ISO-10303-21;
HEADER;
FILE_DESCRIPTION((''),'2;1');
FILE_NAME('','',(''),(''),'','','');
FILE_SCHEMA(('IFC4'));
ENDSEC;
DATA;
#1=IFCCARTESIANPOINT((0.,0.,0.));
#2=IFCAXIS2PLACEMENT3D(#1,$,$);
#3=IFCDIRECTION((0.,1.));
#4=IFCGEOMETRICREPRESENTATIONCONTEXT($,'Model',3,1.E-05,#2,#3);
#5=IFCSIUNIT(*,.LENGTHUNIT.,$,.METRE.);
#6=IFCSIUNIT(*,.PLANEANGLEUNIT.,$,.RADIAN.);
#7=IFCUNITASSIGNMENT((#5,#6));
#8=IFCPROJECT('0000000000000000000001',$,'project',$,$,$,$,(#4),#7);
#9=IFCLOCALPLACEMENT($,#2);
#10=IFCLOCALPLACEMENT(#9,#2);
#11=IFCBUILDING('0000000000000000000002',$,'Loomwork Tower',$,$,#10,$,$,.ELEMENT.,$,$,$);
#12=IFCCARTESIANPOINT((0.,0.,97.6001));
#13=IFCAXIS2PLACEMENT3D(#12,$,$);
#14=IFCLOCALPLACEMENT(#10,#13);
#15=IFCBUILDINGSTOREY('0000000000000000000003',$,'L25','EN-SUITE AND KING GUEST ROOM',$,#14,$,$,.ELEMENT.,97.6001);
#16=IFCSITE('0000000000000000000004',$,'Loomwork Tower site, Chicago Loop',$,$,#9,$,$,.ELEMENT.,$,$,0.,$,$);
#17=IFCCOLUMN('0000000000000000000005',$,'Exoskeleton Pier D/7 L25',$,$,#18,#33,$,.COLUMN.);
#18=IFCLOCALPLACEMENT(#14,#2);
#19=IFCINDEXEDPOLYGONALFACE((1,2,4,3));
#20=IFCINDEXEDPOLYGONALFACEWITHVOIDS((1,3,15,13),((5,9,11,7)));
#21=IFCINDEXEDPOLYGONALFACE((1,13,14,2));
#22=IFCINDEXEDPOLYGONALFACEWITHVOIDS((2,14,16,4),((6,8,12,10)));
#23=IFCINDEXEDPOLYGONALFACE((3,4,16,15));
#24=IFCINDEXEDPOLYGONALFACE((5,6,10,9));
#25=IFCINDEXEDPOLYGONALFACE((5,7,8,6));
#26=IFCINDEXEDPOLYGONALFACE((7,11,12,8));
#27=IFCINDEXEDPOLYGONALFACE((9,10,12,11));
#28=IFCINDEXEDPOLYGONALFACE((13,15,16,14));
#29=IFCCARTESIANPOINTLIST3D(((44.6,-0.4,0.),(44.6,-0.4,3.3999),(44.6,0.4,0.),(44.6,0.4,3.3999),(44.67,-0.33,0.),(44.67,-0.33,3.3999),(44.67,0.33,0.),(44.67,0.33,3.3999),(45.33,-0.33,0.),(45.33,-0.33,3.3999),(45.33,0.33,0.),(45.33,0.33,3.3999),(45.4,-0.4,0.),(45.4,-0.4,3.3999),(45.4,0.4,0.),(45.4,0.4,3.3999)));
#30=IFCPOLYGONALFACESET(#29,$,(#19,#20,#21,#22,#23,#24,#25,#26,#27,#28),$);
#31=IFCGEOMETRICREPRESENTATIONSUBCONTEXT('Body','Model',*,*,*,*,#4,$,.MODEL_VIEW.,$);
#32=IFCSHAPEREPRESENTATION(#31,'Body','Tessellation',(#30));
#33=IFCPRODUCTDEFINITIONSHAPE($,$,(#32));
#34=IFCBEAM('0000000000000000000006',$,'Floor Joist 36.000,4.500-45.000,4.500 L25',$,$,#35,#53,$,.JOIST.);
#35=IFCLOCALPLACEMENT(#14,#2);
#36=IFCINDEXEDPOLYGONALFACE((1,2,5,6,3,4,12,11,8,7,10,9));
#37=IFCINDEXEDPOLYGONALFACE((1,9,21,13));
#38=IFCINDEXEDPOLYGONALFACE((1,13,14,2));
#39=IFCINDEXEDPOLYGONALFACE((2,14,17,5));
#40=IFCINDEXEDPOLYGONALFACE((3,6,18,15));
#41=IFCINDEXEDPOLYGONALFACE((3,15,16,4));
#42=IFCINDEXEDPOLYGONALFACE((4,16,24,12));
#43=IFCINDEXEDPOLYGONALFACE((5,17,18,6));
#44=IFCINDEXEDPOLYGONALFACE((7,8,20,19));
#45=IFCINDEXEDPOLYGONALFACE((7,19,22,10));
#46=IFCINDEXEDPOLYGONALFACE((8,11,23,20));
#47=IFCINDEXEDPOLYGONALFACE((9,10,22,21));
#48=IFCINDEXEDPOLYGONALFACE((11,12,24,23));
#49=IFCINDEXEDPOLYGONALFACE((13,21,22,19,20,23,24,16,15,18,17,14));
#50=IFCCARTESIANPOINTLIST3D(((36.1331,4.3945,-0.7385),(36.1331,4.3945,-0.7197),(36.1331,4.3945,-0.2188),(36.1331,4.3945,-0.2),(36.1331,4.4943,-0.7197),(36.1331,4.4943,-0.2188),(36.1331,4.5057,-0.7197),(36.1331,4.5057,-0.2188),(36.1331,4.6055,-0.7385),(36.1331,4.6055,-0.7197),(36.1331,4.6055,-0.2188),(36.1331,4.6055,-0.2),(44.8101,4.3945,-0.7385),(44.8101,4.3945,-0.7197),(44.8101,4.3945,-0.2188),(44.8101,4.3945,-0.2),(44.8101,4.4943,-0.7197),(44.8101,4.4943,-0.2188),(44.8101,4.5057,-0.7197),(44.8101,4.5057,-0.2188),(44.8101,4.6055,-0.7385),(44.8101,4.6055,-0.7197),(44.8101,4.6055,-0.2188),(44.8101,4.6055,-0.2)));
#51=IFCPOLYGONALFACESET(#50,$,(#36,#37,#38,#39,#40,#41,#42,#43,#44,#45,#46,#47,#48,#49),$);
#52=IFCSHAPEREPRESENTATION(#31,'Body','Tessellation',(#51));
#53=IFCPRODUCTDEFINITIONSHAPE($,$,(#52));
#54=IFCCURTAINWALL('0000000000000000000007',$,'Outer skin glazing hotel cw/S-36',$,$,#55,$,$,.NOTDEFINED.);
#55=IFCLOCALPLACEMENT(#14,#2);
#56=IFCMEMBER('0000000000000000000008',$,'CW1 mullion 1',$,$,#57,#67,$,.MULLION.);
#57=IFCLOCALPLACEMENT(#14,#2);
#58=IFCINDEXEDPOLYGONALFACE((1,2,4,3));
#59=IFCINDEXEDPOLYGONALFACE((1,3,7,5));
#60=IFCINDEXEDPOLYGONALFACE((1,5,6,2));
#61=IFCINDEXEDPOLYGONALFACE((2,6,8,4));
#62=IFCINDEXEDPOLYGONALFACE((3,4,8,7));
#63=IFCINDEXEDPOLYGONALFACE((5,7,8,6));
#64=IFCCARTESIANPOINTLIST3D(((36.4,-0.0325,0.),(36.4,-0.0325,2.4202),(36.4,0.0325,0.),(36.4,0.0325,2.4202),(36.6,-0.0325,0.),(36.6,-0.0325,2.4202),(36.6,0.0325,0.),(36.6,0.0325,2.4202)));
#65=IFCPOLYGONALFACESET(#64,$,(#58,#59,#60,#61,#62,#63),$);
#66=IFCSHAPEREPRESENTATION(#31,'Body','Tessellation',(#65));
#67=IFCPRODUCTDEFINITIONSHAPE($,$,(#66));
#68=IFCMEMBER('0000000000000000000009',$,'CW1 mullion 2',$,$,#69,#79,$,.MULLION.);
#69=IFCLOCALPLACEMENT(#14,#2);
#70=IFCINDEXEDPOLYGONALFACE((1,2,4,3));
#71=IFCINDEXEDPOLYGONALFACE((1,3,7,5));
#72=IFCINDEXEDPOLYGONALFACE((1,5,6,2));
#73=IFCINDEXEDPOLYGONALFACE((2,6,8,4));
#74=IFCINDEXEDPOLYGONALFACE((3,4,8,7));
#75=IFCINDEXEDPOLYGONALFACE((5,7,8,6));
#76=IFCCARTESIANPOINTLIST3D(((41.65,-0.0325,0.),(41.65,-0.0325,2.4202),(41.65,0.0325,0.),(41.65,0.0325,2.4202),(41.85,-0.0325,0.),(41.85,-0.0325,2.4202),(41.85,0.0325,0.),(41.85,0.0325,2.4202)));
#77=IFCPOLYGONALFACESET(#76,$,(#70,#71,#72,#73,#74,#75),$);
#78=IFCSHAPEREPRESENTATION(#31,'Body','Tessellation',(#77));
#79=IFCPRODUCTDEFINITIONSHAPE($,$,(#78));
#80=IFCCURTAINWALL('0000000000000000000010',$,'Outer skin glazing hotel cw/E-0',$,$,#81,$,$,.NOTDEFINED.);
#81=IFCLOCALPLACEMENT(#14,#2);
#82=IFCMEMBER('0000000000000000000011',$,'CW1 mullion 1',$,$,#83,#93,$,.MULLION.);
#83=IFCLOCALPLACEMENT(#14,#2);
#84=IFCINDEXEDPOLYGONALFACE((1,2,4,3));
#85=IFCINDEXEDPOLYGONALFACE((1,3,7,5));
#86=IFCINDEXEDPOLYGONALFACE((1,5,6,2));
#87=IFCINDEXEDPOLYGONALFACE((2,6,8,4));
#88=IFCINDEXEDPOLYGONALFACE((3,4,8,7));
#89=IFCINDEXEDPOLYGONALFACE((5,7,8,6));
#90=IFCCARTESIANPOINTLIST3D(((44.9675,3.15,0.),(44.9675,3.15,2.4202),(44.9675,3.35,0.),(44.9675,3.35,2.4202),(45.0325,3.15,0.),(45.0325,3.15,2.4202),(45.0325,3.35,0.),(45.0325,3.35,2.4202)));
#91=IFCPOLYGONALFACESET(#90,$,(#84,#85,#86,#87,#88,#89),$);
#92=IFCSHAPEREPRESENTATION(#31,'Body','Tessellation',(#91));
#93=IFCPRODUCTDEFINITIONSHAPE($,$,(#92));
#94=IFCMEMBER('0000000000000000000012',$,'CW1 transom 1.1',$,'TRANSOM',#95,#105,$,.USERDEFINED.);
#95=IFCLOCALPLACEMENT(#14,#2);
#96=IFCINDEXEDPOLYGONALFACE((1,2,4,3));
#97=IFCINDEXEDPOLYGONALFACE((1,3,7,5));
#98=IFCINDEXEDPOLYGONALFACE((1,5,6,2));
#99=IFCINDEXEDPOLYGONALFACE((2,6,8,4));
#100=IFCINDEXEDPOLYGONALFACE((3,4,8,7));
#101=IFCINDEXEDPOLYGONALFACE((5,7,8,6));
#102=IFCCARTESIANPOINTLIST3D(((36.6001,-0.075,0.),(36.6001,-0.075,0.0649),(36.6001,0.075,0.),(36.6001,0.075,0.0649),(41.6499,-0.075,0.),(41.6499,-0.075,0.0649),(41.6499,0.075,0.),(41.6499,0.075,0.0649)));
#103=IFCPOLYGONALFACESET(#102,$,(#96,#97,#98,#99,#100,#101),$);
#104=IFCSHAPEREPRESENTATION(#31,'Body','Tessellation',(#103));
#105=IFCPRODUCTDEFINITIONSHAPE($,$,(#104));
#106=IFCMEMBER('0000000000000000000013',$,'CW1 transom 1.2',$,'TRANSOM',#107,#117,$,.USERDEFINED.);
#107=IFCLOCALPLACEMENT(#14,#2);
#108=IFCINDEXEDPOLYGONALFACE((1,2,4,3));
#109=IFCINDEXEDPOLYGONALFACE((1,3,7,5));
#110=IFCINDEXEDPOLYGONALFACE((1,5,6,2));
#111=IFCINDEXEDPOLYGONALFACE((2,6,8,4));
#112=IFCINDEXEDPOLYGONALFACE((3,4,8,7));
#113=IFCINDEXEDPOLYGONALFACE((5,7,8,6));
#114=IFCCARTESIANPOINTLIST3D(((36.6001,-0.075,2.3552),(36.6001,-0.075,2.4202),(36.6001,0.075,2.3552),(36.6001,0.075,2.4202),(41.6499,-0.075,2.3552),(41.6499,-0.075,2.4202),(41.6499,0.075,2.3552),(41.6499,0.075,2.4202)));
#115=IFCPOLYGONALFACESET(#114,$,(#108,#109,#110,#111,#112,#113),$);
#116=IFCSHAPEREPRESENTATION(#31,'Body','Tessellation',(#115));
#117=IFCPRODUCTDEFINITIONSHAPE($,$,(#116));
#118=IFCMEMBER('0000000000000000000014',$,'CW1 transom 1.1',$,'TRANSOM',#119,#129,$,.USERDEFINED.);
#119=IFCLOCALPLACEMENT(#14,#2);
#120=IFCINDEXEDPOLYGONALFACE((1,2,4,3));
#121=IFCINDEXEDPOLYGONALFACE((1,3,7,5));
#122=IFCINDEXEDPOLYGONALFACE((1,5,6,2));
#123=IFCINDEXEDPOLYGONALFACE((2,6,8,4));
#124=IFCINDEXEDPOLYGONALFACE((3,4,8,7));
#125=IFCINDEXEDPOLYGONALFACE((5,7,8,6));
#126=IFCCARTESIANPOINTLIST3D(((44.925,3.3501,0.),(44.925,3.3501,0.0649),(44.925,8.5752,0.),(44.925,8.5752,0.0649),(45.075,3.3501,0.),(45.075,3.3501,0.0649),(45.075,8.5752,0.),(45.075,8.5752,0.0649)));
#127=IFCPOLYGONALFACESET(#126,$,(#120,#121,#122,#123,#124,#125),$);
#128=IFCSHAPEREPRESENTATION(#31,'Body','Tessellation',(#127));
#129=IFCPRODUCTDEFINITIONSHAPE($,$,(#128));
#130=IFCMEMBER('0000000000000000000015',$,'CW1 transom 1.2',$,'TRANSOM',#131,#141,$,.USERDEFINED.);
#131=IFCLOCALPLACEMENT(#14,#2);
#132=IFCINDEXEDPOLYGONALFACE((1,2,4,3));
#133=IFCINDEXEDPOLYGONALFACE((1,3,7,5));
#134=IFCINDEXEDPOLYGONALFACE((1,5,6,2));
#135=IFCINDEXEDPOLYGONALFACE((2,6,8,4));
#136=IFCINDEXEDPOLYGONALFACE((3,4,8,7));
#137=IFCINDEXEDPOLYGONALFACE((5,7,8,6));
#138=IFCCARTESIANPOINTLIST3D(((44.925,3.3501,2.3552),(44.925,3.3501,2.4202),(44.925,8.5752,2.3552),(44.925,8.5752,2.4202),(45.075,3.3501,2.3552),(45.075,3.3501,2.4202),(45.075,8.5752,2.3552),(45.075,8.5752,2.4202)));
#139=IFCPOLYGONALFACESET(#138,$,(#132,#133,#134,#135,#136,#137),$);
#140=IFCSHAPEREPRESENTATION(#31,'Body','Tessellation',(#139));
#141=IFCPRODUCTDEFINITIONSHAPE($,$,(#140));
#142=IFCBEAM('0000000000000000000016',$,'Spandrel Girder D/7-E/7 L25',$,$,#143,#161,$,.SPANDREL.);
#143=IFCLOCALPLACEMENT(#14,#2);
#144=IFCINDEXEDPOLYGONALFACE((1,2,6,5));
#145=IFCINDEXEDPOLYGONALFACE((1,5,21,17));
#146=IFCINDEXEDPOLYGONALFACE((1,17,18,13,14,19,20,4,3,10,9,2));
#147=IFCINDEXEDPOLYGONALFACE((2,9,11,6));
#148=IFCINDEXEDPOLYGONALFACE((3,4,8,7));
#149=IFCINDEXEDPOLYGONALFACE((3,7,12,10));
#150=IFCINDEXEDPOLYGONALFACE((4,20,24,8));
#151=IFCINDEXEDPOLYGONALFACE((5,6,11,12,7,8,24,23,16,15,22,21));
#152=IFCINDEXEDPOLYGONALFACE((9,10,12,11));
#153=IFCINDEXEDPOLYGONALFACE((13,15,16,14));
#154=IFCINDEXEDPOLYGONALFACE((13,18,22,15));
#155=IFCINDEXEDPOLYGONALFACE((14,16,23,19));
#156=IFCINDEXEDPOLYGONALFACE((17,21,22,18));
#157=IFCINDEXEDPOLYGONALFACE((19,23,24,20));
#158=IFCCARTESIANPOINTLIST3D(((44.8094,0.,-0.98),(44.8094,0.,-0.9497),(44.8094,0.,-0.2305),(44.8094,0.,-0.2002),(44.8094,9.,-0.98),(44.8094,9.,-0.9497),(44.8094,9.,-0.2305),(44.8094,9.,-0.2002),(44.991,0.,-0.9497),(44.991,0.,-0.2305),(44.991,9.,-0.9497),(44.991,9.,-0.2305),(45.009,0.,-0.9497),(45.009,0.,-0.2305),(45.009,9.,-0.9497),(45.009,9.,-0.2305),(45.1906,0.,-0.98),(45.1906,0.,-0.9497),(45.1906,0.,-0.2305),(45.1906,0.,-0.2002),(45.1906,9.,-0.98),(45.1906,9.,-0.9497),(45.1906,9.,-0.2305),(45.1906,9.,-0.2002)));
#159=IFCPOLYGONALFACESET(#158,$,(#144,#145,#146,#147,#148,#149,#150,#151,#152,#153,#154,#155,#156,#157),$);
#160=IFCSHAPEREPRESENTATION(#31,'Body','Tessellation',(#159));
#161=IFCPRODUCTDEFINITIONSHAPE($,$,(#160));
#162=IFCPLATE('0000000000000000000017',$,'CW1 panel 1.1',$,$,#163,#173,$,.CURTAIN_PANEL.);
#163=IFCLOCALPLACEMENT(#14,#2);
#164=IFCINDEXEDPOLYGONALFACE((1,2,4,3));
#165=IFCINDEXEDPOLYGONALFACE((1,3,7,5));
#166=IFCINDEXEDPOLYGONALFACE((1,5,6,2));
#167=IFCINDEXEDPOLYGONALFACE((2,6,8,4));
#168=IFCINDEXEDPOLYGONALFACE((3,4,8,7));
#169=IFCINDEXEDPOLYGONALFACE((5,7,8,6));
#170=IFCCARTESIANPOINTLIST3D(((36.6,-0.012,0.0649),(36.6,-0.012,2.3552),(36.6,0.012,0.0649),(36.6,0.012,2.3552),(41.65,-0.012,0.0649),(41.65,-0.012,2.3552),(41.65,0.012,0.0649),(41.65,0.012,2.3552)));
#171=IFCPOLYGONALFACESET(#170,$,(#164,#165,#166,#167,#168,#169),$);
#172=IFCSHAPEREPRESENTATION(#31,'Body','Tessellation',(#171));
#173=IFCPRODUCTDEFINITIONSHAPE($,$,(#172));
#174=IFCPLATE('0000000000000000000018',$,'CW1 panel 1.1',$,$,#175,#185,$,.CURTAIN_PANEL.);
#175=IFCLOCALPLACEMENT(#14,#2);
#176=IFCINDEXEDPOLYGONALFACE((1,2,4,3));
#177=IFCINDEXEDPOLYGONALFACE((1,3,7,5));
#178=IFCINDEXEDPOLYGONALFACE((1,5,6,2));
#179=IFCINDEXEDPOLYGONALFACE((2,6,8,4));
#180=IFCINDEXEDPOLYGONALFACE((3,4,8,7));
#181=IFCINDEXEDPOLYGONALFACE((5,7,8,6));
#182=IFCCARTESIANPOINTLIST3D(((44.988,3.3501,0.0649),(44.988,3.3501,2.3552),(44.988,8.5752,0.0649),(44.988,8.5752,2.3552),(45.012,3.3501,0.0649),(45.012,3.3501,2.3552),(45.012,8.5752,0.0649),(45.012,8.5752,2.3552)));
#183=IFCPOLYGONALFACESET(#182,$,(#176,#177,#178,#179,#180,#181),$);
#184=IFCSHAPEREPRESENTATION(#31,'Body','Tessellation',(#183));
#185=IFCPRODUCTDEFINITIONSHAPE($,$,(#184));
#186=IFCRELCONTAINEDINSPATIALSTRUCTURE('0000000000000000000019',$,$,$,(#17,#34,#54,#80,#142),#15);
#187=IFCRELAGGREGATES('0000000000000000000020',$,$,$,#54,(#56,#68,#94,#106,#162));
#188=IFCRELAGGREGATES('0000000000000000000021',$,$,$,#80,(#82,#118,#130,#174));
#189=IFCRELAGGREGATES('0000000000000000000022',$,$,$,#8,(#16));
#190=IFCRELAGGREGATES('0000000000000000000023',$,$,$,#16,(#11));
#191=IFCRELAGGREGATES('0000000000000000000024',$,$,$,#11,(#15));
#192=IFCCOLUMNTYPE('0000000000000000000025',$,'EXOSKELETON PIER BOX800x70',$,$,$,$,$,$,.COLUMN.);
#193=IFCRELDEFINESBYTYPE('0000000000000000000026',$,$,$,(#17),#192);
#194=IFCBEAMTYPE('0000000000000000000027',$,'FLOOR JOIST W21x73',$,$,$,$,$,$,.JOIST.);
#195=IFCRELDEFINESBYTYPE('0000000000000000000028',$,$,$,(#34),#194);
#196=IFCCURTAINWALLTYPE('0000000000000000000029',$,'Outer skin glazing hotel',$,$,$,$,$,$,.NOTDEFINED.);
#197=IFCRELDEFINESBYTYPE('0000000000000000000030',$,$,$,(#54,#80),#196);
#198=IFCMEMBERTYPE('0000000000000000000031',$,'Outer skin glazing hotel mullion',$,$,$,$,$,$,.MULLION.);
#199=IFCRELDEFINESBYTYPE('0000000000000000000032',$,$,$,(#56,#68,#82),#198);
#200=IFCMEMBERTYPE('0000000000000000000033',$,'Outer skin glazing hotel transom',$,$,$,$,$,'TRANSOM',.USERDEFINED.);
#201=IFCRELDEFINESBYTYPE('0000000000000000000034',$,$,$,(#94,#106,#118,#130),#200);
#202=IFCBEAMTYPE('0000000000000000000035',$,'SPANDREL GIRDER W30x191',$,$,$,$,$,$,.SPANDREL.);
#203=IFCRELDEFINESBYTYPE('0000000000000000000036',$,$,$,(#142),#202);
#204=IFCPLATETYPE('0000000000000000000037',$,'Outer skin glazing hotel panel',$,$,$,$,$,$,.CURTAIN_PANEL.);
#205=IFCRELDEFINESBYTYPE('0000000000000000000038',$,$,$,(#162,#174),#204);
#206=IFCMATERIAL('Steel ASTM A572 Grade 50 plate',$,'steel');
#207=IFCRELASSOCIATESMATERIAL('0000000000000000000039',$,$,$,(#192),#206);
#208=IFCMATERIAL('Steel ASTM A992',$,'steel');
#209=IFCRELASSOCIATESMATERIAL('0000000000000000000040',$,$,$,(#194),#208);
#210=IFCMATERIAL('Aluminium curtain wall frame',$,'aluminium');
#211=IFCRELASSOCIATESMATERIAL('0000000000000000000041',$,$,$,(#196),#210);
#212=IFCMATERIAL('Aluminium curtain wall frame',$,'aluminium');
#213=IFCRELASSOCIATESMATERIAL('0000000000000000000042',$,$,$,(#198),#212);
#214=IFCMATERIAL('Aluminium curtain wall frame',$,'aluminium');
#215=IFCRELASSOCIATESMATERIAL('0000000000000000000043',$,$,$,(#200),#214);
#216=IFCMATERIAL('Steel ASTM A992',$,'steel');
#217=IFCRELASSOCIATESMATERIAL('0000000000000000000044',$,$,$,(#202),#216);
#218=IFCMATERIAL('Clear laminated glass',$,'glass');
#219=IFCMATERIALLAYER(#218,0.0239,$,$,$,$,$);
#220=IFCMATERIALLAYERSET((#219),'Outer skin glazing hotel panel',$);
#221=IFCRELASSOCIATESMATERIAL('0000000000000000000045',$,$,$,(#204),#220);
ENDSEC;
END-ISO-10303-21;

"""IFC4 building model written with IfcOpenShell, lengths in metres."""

from ifc_helpers import new_model, si_unit, direction, frame, origin, origin_2d, place, context, subcontext, project, spatial, rectangle, hollow_rectangle, i_section, extrude, material, layer, layer_set, material_profile, profile_set, type_object, element, aggregate, save


model = new_model("IFC4")

# Units and contexts
model_context = context("Model", 3, precision=1e-05, world=origin(), true_north=direction((0.0, 1.0)))
body_context = subcontext(model_context, "Body", "Model", "MODEL_VIEW")
ifc_project = project(units=[si_unit("LENGTHUNIT", "METRE"), si_unit("PLANEANGLEUNIT", "RADIAN")], contexts=[model_context])

# Site, building, storey
site_placement = place(None, origin())
site = spatial("IfcSite", under=ifc_project, at=site_placement, Name="Loomwork Tower site, Chicago Loop", CompositionType="ELEMENT", RefElevation=0.0)
building_placement = place(site_placement, origin())
building = spatial("IfcBuilding", under=site, at=building_placement, Name="Loomwork Tower", CompositionType="ELEMENT")
storey_placement = place(building_placement, frame((0.0, 0.0, 97.6001)))
storey = spatial("IfcBuildingStorey", under=building, at=storey_placement, Name="L25", Description="EN-SUITE AND KING GUEST ROOM", CompositionType="ELEMENT", Elevation=97.6001)

# Column
ifc_material_1 = material(Name="Steel ASTM A572 Grade 50 plate", Category="steel")
ifc_material_profile_1 = material_profile(ifc_material_1, hollow_rectangle(XDim=0.8, YDim=0.8, WallThickness=0.0701, at=origin_2d()), Name="BOX800x70")
ifc_profile_set_1 = profile_set([ifc_material_profile_1], Name="Steel ASTM A572 Grade 50 plate")
column_type = type_object("IfcColumnType", Name="EXOSKELETON PIER BOX800x70", PredefinedType="COLUMN", material=ifc_profile_set_1)
column_placement = place(storey_placement, frame((45.0, 0.0, 0.0), z_axis=(0.0, 0.0, 1.0), x_axis=(1.0, 0.0, 0.0)))
element("IfcColumn", 1, at=column_placement, inside=storey, type_object=column_type, Name="Exoskeleton Pier D/7 L25", PredefinedType="COLUMN", context=body_context, shape_type="SweptSolid", body=[
    extrude(hollow_rectangle(XDim=0.8, YDim=0.8, WallThickness=0.0701, at=origin_2d()), origin(), (0.0, 0.0, 1.0), 3.3999),
])

# Beam
ifc_material_2 = material(Name="Steel ASTM A992", Category="steel")
ifc_material_profile_2 = material_profile(ifc_material_2, i_section(OverallWidth=0.2109, OverallDepth=0.5386, WebThickness=0.0115, FlangeThickness=0.0188, at=origin_2d()), Name="W21x73")
ifc_profile_set_2 = profile_set([ifc_material_profile_2], Name="Steel ASTM A992")
beam_type_1 = type_object("IfcBeamType", Name="FLOOR JOIST W21x73", PredefinedType="JOIST", material=ifc_profile_set_2)
beam_1_placement = place(storey_placement, frame((36.1331, 4.5, -0.4692), z_axis=(1.0, 0.0, 0.0), x_axis=(0.0, 1.0, 0.0)))
element("IfcBeam", 2, at=beam_1_placement, inside=storey, type_object=beam_type_1, Name="Floor Joist 36.000,4.500-45.000,4.500 L25", PredefinedType="JOIST", context=body_context, shape_type="SweptSolid", body=[
    extrude(i_section(OverallWidth=0.2109, OverallDepth=0.5386, WebThickness=0.0115, FlangeThickness=0.0188, at=origin_2d()), origin(), (0.0, 0.0, 1.0), 8.677),
])

# Curtain wall, members
ifc_material_3 = material(Name="Aluminium curtain wall frame", Category="aluminium")
curtain_wall_type = type_object("IfcCurtainWallType", Name="Outer skin glazing hotel", PredefinedType="NOTDEFINED", material=ifc_material_3)
curtain_wall_1_placement = place(storey_placement, origin())
curtain_wall_1 = element("IfcCurtainWall", 3, at=curtain_wall_1_placement, inside=storey, type_object=curtain_wall_type, Name="Outer skin glazing hotel cw/S-36", PredefinedType="NOTDEFINED")
ifc_material_4 = material(Name="Aluminium curtain wall frame", Category="aluminium")
ifc_material_profile_3 = material_profile(ifc_material_4, rectangle(XDim=0.0649, YDim=0.2, at=origin_2d()), Name="AL 65x200")
ifc_profile_set_3 = profile_set([ifc_material_profile_3], Name="Aluminium curtain wall frame")
member_type_1 = type_object("IfcMemberType", Name="Outer skin glazing hotel mullion", PredefinedType="MULLION", material=ifc_profile_set_3)
member_1_placement = place(storey_placement, frame((36.5, 0.0, 0.0), z_axis=(0.0, 0.0, 1.0), x_axis=(0.0, 1.0, 0.0)))
member_1 = element("IfcMember", 4, at=member_1_placement, type_object=member_type_1, Name="CW1 mullion 1", PredefinedType="MULLION", context=body_context, shape_type="SweptSolid", body=[
    extrude(rectangle(XDim=0.0649, YDim=0.2, at=origin_2d()), origin(), (0.0, 0.0, 1.0), 2.4202),
])
member_2_placement = place(storey_placement, frame((41.75, 0.0, 0.0), z_axis=(0.0, 0.0, 1.0), x_axis=(0.0, 1.0, 0.0)))
member_2 = element("IfcMember", 5, at=member_2_placement, type_object=member_type_1, Name="CW1 mullion 2", PredefinedType="MULLION", context=body_context, shape_type="SweptSolid", body=[
    extrude(rectangle(XDim=0.0649, YDim=0.2, at=origin_2d()), origin(), (0.0, 0.0, 1.0), 2.4202),
])

# Curtain wall, member
curtain_wall_2_placement = place(storey_placement, origin())
curtain_wall_2 = element("IfcCurtainWall", 6, at=curtain_wall_2_placement, inside=storey, type_object=curtain_wall_type, Name="Outer skin glazing hotel cw/E-0", PredefinedType="NOTDEFINED")
member_3_placement = place(storey_placement, frame((45.0, 3.25, 0.0), z_axis=(0.0, 0.0, 1.0), x_axis=(-1.0, 0.0, 0.0)))
member_3 = element("IfcMember", 7, at=member_3_placement, type_object=member_type_1, Name="CW1 mullion 1", PredefinedType="MULLION", context=body_context, shape_type="SweptSolid", body=[
    extrude(rectangle(XDim=0.0649, YDim=0.2, at=origin_2d()), origin(), (0.0, 0.0, 1.0), 2.4202),
])

# Members
ifc_material_5 = material(Name="Aluminium curtain wall frame", Category="aluminium")
ifc_material_profile_4 = material_profile(ifc_material_5, rectangle(XDim=0.1499, YDim=0.0649, at=origin_2d()), Name="AL 65x150")
ifc_profile_set_4 = profile_set([ifc_material_profile_4], Name="Aluminium curtain wall frame")
member_type_2 = type_object("IfcMemberType", Name="Outer skin glazing hotel transom", ElementType="TRANSOM", PredefinedType="USERDEFINED", material=ifc_profile_set_4)
member_4_placement = place(storey_placement, frame((36.6001, 0.0, 0.0325), z_axis=(1.0, 0.0, 0.0), x_axis=(0.0, 1.0, 0.0)))
member_4 = element("IfcMember", 8, at=member_4_placement, type_object=member_type_2, Name="CW1 transom 1.1", ObjectType="TRANSOM", PredefinedType="USERDEFINED", context=body_context, shape_type="SweptSolid", body=[
    extrude(rectangle(XDim=0.1499, YDim=0.0649, at=origin_2d()), origin(), (0.0, 0.0, 1.0), 5.0498),
])
member_5_placement = place(storey_placement, frame((36.6001, 0.0, 2.3877), z_axis=(1.0, 0.0, 0.0), x_axis=(0.0, 1.0, 0.0)))
member_5 = element("IfcMember", 9, at=member_5_placement, type_object=member_type_2, Name="CW1 transom 1.2", ObjectType="TRANSOM", PredefinedType="USERDEFINED", context=body_context, shape_type="SweptSolid", body=[
    extrude(rectangle(XDim=0.1499, YDim=0.0649, at=origin_2d()), origin(), (0.0, 0.0, 1.0), 5.0498),
])
member_6_placement = place(storey_placement, frame((45.0, 3.3501, 0.0325), z_axis=(0.0, 1.0, 0.0), x_axis=(-1.0, 0.0, 0.0)))
member_6 = element("IfcMember", 10, at=member_6_placement, type_object=member_type_2, Name="CW1 transom 1.1", ObjectType="TRANSOM", PredefinedType="USERDEFINED", context=body_context, shape_type="SweptSolid", body=[
    extrude(rectangle(XDim=0.1499, YDim=0.0649, at=origin_2d()), origin(), (0.0, 0.0, 1.0), 5.2251),
])
member_7_placement = place(storey_placement, frame((45.0, 3.3501, 2.3877), z_axis=(0.0, 1.0, 0.0), x_axis=(-1.0, 0.0, 0.0)))
member_7 = element("IfcMember", 11, at=member_7_placement, type_object=member_type_2, Name="CW1 transom 1.2", ObjectType="TRANSOM", PredefinedType="USERDEFINED", context=body_context, shape_type="SweptSolid", body=[
    extrude(rectangle(XDim=0.1499, YDim=0.0649, at=origin_2d()), origin(), (0.0, 0.0, 1.0), 5.2251),
])

# Beam
ifc_material_6 = material(Name="Steel ASTM A992", Category="steel")
ifc_material_profile_5 = material_profile(ifc_material_6, i_section(OverallWidth=0.3811, OverallDepth=0.7798, WebThickness=0.0181, FlangeThickness=0.0303, at=origin_2d()), Name="W30x191")
ifc_profile_set_5 = profile_set([ifc_material_profile_5], Name="Steel ASTM A992")
beam_type_2 = type_object("IfcBeamType", Name="SPANDREL GIRDER W30x191", PredefinedType="SPANDREL", material=ifc_profile_set_5)
beam_2_placement = place(storey_placement, frame((45.0, 0.0, -0.5901), z_axis=(0.0, 1.0, 0.0), x_axis=(-1.0, 0.0, 0.0)))
element("IfcBeam", 12, at=beam_2_placement, inside=storey, type_object=beam_type_2, Name="Spandrel Girder D/7-E/7 L25", PredefinedType="SPANDREL", context=body_context, shape_type="SweptSolid", body=[
    extrude(i_section(OverallWidth=0.3811, OverallDepth=0.7798, WebThickness=0.0181, FlangeThickness=0.0303, at=origin_2d()), origin(), (0.0, 0.0, 1.0), 9.0),
])

# Plates
ifc_material_7 = material(Name="Clear laminated glass", Category="glass")
ifc_layer_1 = layer(ifc_material_7, 0.0239)
ifc_layer_set_1 = layer_set([ifc_layer_1], Name="Outer skin glazing hotel panel")
plate_type = type_object("IfcPlateType", Name="Outer skin glazing hotel panel", PredefinedType="CURTAIN_PANEL", material=ifc_layer_set_1)
plate_1_placement = place(storey_placement, frame((39.125, 0.0, 0.0649), z_axis=(0.0, 0.0, 1.0), x_axis=(1.0, 0.0, 0.0)))
plate_1 = element("IfcPlate", 13, at=plate_1_placement, type_object=plate_type, Name="CW1 panel 1.1", PredefinedType="CURTAIN_PANEL", context=body_context, shape_type="SweptSolid", body=[
    extrude(rectangle(XDim=5.05, YDim=0.0239, at=origin_2d()), origin(), (0.0, 0.0, 1.0), 2.2903),
])
aggregate(curtain_wall_1, [member_1, member_2, member_4, member_5, plate_1])
plate_2_placement = place(storey_placement, frame((45.0, 5.9626, 0.0649), z_axis=(0.0, 0.0, 1.0), x_axis=(0.0, 1.0, 0.0)))
plate_2 = element("IfcPlate", 14, at=plate_2_placement, type_object=plate_type, Name="CW1 panel 1.1", PredefinedType="CURTAIN_PANEL", context=body_context, shape_type="SweptSolid", body=[
    extrude(rectangle(XDim=5.2251, YDim=0.0239, at=origin_2d()), origin(), (0.0, 0.0, 1.0), 2.2903),
])
aggregate(curtain_wall_2, [member_3, member_6, member_7, plate_2])

save(model, "model.ifc")
